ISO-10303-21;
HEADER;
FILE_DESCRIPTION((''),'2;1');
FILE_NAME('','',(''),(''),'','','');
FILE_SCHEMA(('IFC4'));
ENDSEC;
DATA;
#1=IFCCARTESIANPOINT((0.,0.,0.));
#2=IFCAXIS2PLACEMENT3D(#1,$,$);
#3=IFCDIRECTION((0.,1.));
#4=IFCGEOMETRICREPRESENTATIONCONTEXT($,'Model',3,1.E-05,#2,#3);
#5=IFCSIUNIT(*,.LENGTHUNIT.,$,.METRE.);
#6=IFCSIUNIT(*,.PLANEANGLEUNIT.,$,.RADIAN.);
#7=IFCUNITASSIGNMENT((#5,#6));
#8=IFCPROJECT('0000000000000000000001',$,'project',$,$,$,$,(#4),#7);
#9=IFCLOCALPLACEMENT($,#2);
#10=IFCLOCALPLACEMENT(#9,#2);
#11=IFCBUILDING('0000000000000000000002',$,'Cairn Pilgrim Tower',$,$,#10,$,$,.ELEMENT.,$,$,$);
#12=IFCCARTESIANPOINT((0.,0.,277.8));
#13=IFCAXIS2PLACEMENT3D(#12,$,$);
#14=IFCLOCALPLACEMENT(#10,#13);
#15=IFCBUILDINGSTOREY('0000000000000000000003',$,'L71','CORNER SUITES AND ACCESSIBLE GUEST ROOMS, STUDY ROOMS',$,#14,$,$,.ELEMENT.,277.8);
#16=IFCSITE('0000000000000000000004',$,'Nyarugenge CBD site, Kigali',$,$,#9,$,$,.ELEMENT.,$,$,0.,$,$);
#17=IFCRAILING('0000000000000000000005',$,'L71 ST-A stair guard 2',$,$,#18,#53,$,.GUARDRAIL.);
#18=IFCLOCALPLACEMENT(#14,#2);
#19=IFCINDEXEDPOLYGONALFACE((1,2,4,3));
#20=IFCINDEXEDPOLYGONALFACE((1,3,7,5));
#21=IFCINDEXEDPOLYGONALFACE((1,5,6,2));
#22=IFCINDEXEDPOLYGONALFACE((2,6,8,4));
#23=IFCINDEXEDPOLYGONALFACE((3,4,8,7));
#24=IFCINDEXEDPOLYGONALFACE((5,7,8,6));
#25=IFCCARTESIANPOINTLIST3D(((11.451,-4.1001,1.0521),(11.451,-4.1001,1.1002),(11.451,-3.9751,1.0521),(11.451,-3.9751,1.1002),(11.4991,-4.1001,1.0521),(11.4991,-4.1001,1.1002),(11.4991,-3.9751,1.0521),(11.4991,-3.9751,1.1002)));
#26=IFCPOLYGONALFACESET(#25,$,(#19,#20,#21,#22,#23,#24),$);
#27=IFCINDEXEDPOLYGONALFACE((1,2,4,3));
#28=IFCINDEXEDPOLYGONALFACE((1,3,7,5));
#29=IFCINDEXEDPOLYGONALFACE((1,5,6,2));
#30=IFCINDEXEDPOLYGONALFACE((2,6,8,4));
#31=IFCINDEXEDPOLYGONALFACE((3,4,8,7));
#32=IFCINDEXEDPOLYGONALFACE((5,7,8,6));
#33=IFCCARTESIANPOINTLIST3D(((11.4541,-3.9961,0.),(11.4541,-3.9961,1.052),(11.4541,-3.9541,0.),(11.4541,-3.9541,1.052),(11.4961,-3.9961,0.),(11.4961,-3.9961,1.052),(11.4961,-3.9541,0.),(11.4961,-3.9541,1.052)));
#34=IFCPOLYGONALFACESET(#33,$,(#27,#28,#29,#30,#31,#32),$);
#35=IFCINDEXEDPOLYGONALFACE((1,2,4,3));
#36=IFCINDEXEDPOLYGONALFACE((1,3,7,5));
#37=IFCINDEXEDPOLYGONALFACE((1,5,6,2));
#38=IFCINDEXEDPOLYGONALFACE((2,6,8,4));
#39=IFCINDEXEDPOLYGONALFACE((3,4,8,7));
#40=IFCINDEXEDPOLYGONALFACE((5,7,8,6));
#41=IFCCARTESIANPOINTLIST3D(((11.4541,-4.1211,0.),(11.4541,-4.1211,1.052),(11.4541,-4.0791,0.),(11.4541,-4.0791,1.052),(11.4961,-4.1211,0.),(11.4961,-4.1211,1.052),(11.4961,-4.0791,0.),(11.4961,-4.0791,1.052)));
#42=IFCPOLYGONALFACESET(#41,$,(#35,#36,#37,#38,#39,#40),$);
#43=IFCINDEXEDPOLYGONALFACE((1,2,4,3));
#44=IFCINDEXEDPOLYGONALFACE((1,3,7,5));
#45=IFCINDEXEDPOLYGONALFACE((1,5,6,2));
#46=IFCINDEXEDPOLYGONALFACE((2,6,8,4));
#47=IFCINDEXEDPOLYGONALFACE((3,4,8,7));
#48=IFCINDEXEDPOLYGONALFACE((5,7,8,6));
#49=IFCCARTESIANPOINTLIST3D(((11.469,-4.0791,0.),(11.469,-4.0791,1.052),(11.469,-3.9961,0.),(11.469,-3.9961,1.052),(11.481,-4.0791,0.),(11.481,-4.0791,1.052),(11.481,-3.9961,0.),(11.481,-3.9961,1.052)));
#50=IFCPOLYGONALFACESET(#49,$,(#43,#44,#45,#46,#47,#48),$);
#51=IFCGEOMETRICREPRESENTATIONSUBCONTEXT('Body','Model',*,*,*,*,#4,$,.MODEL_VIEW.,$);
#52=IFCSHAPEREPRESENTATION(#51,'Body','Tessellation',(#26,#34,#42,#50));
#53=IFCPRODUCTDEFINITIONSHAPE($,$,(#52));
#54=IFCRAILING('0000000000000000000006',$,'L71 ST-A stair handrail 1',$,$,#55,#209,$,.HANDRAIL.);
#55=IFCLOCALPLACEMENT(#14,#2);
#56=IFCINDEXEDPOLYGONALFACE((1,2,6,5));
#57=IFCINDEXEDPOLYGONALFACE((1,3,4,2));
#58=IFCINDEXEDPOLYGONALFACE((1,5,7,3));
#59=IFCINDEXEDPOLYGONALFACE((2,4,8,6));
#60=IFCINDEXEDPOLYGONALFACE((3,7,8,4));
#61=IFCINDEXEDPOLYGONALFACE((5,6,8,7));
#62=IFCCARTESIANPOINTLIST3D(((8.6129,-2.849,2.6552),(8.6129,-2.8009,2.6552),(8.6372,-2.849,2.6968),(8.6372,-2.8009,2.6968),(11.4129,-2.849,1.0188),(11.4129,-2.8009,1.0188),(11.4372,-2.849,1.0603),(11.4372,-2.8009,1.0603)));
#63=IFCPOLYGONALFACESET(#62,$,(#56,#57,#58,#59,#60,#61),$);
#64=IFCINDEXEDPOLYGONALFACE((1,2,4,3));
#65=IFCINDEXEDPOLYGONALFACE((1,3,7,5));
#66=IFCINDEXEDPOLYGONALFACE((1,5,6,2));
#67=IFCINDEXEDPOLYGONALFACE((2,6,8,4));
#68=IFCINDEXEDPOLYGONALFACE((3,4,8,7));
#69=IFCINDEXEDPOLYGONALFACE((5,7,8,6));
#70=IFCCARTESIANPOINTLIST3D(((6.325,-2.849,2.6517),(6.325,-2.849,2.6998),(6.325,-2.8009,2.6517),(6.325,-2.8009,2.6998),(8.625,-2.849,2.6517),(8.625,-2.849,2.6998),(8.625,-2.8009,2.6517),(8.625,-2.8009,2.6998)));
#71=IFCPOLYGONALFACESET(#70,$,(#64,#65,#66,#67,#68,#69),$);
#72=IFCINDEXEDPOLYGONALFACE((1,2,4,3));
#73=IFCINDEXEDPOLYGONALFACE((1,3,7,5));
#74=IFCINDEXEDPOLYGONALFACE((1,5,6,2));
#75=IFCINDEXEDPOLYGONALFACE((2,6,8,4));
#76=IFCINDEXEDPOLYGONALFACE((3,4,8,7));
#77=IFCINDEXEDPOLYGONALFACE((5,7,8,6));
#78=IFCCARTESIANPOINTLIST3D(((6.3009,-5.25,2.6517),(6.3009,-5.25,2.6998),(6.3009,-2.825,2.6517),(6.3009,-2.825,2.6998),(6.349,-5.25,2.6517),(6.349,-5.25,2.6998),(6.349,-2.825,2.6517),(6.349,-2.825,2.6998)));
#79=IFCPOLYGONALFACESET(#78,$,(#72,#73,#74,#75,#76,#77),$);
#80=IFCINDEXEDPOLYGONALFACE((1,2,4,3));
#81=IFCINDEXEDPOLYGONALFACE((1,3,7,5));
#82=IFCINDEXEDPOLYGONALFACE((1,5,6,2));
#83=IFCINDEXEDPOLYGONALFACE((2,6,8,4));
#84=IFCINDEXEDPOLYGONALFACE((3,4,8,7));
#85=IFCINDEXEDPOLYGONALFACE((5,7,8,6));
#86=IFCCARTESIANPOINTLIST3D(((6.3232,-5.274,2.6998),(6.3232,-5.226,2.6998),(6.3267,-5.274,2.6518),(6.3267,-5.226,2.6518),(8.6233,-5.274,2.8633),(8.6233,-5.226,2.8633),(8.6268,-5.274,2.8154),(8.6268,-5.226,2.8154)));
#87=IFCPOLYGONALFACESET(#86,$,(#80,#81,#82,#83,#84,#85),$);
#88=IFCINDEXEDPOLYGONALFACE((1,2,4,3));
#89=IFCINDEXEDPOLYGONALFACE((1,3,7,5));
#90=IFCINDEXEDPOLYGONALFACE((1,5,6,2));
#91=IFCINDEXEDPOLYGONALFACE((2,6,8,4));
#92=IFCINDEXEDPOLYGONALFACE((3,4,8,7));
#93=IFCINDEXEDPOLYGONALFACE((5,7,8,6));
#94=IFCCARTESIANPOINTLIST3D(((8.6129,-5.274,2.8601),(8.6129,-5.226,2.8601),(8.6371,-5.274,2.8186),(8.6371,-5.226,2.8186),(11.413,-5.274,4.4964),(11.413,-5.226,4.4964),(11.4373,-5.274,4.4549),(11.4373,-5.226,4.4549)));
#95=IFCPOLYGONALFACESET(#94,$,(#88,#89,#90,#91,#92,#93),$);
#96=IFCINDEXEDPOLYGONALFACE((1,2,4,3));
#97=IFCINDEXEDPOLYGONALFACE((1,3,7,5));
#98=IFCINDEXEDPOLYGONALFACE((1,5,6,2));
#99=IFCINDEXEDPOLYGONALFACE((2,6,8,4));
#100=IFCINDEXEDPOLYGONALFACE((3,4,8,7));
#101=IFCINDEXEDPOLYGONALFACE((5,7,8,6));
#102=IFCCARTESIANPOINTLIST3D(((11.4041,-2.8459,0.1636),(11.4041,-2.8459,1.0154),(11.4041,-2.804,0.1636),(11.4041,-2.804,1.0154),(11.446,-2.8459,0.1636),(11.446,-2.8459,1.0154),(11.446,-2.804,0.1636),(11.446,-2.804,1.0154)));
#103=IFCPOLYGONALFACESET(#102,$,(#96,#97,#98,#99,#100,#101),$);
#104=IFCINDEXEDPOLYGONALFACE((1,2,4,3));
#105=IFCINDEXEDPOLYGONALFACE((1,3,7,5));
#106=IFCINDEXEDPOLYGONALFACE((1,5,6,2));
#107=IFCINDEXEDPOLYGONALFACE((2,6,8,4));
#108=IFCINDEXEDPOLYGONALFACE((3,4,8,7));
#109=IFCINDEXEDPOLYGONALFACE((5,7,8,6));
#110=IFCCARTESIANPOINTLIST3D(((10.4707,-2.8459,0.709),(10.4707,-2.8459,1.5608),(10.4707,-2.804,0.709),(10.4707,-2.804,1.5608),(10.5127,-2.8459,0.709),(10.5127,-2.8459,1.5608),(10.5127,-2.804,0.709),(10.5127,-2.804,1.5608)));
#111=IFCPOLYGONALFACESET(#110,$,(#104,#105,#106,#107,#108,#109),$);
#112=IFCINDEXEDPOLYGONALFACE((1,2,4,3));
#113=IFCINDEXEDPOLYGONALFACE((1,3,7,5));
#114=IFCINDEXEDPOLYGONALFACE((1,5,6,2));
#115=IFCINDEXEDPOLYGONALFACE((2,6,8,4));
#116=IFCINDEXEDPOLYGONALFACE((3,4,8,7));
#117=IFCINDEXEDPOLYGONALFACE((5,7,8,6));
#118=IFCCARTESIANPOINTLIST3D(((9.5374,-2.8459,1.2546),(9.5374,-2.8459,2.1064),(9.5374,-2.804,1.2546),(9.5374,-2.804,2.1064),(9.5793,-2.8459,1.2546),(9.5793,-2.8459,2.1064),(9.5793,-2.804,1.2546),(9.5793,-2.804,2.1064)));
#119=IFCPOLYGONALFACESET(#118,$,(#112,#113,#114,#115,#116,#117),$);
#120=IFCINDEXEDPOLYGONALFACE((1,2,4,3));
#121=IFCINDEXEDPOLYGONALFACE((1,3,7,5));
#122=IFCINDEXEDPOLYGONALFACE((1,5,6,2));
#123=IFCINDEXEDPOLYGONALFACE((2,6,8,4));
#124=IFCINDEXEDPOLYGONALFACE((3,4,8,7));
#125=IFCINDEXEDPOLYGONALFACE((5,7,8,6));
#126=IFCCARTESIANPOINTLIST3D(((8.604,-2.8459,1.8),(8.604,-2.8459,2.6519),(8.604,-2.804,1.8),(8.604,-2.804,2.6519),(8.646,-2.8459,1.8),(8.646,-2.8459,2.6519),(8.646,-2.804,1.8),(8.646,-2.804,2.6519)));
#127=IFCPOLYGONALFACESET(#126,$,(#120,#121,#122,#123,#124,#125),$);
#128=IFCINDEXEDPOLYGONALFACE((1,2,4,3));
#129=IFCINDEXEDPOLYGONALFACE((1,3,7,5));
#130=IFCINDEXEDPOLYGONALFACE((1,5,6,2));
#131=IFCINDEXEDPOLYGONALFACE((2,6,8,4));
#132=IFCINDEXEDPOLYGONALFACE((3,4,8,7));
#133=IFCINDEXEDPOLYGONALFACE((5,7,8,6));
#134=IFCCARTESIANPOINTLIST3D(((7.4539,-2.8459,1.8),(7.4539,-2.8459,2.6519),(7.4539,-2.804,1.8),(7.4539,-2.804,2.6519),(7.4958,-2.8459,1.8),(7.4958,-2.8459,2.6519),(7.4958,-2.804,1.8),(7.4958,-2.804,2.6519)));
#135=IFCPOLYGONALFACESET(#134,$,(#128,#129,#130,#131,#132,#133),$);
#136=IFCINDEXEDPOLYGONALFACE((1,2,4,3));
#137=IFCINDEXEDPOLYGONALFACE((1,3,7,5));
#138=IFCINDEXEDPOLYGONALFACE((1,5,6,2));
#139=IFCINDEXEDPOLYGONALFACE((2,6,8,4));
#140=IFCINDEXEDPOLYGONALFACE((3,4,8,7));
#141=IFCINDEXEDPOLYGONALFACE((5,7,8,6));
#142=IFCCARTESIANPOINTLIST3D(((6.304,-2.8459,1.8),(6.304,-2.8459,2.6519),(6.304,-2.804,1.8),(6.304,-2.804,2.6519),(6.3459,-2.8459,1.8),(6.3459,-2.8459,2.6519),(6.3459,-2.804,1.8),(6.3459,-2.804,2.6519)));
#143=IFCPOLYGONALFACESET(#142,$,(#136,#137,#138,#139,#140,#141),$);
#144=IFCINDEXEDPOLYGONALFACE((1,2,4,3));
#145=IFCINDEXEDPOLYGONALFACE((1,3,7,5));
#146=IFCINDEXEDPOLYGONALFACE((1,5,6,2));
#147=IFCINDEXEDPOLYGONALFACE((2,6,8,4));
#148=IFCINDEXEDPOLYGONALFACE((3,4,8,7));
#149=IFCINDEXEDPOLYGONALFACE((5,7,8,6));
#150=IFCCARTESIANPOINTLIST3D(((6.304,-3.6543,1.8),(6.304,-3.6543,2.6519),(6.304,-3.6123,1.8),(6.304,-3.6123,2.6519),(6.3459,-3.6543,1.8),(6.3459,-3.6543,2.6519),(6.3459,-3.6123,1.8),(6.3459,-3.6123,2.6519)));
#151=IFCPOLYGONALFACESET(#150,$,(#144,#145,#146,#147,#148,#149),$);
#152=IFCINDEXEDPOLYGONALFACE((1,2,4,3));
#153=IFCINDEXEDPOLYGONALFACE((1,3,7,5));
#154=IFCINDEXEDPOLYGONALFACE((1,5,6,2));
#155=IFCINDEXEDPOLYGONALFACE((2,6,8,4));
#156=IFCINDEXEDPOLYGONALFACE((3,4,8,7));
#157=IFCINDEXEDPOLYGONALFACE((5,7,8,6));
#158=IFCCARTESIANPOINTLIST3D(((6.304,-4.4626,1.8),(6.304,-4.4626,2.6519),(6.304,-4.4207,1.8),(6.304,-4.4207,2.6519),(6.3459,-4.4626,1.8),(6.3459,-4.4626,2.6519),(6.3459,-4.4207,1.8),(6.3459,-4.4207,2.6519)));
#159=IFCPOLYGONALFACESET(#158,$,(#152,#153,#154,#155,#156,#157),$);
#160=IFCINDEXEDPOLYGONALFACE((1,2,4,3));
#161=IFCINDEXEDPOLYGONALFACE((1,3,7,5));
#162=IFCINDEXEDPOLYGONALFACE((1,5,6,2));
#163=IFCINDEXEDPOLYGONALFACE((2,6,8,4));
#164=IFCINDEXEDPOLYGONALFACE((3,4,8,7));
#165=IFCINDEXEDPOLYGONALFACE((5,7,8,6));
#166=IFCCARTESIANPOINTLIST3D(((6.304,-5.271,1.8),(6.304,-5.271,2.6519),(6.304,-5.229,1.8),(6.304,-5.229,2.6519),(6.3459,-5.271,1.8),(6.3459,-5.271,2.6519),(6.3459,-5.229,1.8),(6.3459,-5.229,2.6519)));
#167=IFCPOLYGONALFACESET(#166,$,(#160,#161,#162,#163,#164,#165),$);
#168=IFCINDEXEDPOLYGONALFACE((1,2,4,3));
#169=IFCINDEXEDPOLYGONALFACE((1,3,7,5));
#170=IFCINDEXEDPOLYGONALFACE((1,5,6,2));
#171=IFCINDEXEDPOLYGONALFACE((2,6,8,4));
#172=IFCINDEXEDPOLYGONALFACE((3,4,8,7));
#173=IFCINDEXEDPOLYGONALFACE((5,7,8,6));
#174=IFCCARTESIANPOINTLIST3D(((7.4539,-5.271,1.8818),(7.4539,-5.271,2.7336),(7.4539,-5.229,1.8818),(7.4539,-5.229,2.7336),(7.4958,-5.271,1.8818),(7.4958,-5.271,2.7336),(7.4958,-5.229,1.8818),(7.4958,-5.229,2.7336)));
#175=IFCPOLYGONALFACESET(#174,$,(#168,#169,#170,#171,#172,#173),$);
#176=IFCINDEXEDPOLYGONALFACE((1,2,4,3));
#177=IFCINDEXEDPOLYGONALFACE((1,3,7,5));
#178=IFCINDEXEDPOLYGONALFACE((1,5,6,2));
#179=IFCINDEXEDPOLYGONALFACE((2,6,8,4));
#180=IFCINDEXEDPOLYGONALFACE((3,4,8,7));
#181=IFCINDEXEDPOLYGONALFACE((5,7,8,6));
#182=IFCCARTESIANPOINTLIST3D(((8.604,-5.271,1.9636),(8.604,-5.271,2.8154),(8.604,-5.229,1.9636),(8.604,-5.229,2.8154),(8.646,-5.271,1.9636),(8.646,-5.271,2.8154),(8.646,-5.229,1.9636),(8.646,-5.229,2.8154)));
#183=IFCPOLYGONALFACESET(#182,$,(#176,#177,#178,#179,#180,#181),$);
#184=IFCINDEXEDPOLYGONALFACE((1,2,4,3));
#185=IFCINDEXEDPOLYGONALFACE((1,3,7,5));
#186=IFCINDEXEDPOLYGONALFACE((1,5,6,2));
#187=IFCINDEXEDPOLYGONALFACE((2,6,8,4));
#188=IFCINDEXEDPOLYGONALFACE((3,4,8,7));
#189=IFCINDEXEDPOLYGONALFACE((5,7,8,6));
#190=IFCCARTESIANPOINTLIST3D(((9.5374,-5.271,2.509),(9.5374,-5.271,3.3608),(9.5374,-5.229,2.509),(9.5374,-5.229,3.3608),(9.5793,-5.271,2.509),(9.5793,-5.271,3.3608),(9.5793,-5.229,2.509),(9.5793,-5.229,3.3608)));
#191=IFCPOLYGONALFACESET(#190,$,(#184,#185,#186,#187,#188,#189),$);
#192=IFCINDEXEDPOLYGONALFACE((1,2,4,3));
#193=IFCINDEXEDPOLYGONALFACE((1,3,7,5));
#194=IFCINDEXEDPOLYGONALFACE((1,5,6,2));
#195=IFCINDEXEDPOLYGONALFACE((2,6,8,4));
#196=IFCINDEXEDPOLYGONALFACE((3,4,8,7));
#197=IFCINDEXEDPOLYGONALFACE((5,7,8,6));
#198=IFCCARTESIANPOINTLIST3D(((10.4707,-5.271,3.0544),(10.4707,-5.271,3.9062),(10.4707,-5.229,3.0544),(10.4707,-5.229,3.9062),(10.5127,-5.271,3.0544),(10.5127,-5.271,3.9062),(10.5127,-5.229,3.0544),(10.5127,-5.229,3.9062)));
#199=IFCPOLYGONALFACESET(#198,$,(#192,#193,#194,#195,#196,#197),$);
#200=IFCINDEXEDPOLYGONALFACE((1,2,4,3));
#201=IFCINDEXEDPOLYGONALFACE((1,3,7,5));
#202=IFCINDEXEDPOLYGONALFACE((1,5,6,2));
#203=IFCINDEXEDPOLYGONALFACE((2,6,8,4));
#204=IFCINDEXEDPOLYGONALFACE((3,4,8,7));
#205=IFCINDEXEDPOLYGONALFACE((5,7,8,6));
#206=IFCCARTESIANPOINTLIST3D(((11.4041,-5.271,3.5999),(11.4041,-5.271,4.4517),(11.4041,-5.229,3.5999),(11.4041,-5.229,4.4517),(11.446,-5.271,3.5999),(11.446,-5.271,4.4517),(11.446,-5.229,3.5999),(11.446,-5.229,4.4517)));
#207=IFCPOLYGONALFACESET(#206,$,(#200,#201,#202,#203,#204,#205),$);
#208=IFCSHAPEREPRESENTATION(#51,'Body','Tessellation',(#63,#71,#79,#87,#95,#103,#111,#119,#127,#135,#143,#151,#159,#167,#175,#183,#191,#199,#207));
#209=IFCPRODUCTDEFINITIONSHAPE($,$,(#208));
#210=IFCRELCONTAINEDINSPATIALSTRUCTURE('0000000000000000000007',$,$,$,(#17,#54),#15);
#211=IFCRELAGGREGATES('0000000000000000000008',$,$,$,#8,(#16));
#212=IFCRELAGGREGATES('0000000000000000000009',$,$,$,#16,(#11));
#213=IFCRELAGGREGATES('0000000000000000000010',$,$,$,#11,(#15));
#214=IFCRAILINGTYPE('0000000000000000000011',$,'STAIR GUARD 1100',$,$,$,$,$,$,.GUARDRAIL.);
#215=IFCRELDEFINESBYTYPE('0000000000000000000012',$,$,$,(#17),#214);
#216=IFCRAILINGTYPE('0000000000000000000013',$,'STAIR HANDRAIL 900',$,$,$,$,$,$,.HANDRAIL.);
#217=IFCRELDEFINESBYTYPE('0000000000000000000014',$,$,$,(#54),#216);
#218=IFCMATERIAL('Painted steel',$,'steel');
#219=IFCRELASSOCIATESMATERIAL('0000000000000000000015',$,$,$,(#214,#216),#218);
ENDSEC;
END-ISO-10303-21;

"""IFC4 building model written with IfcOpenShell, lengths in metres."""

from ifc_helpers import new_model, si_unit, direction, frame, origin, origin_2d, place, context, subcontext, project, spatial, polyline, rectangle, outline, extrude, material, type_object, element, save


model = new_model("IFC4")

# Units and contexts
model_context = context("Model", 3, precision=1e-05, world=origin(), true_north=direction((0.0, 1.0)))
body_context = subcontext(model_context, "Body", "Model", "MODEL_VIEW")
ifc_project = project(units=[si_unit("LENGTHUNIT", "METRE"), si_unit("PLANEANGLEUNIT", "RADIAN")], contexts=[model_context])

# Site, building, storey
site_placement = place(None, origin())
site = spatial("IfcSite", under=ifc_project, at=site_placement, Name="Nyarugenge CBD site, Kigali", CompositionType="ELEMENT", RefElevation=0.0)
building_placement = place(site_placement, origin())
building = spatial("IfcBuilding", under=site, at=building_placement, Name="Cairn Pilgrim Tower", CompositionType="ELEMENT")
storey_placement = place(building_placement, frame((0.0, 0.0, 277.8)))
storey = spatial("IfcBuildingStorey", under=building, at=storey_placement, Name="L71", Description="CORNER SUITES AND ACCESSIBLE GUEST ROOMS, STUDY ROOMS", CompositionType="ELEMENT", Elevation=277.8)

# Shared definitions
ifc_material_1 = material(Name="Painted steel", Category="steel")

# Railings
railing_type_1 = type_object("IfcRailingType", Name="STAIR GUARD 1100", PredefinedType="GUARDRAIL", material=ifc_material_1)
railing_1_placement = place(storey_placement, frame((11.4751, -3.9751, 0.0)))
element("IfcRailing", 1, at=railing_1_placement, inside=storey, type_object=railing_type_1, Name="L71 ST-A stair guard 2", PredefinedType="GUARDRAIL", context=body_context, shape_type="SweptSolid", body=[
    extrude(rectangle(XDim=0.0481, YDim=0.0481, at=origin_2d()), frame((0.0, 0.0, 1.0762), z_axis=(0.0, -1.0, 0.0), x_axis=(1.0, 0.0, 0.0)), (0.0, 0.0, 1.0), 0.125),
    extrude(rectangle(XDim=0.042, YDim=0.042, at=origin_2d()), origin(), (0.0, 0.0, 1.0), 1.052),
    extrude(rectangle(XDim=0.042, YDim=0.042, at=origin_2d()), frame((0.0, -0.125, 0.0)), (0.0, 0.0, 1.0), 1.052),
    extrude(outline(polyline([(0.021, 0.0), (0.104, 0.0), (0.104, 1.052), (0.021, 1.052), (0.021, 0.0)])), frame((0.0059, 0.0, 0.0), z_axis=(-1.0, 0.0, 0.0), x_axis=(0.0, -1.0, 0.0)), (0.0, 0.0, 1.0), 0.012),
])
railing_type_2 = type_object("IfcRailingType", Name="STAIR HANDRAIL 900", PredefinedType="HANDRAIL", material=ifc_material_1)
railing_2_placement = place(storey_placement, frame((11.425, -2.825, 0.1636)))
element("IfcRailing", 2, at=railing_2_placement, inside=storey, type_object=railing_type_2, Name="L71 ST-A stair handrail 1", PredefinedType="HANDRAIL", context=body_context, shape_type="SweptSolid", body=[
    extrude(rectangle(XDim=0.0481, YDim=0.0481, at=origin_2d()), frame((0.0, 0.0, 0.876), z_axis=(-0.863361, 0.0, 0.504587), x_axis=(0.0, -1.0, 0.0)), (0.0, 0.0, 1.0), 3.2432),
    extrude(rectangle(XDim=0.0481, YDim=0.0481, at=origin_2d()), frame((-2.8, 0.0, 2.5122), z_axis=(-1.0, 0.0, 0.0), x_axis=(0.0, -1.0, 0.0)), (0.0, 0.0, 1.0), 2.3),
    extrude(rectangle(XDim=0.0481, YDim=0.0481, at=origin_2d()), frame((-5.1001, 0.0, 2.5122), z_axis=(0.0, -1.0, 0.0), x_axis=(1.0, 0.0, 0.0)), (0.0, 0.0, 1.0), 2.425),
    extrude(rectangle(XDim=0.0481, YDim=0.0481, at=origin_2d()), frame((-5.1001, -2.425, 2.5122), z_axis=(0.997481, 0.0, 0.070939), x_axis=(0.0, 1.0, 0.0)), (0.0, 0.0, 1.0), 2.3059),
    extrude(rectangle(XDim=0.0481, YDim=0.0481, at=origin_2d()), frame((-2.8, -2.425, 2.6758), z_axis=(0.863394, 0.0, 0.504531), x_axis=(0.0, 1.0, 0.0)), (0.0, 0.0, 1.0), 3.2432),
    extrude(rectangle(XDim=0.042, YDim=0.042, at=origin_2d()), origin(), (0.0, 0.0, 1.0), 0.8518),
    extrude(rectangle(XDim=0.042, YDim=0.042, at=origin_2d()), frame((-0.9333, 0.0, 0.5454)), (0.0, 0.0, 1.0), 0.8518),
    extrude(rectangle(XDim=0.042, YDim=0.042, at=origin_2d()), frame((-1.8667, 0.0, 1.0911)), (0.0, 0.0, 1.0), 0.8518),
    extrude(rectangle(XDim=0.042, YDim=0.042, at=origin_2d()), frame((-2.8, 0.0, 1.6365)), (0.0, 0.0, 1.0), 0.8518),
    extrude(rectangle(XDim=0.042, YDim=0.042, at=origin_2d()), frame((-3.9502, 0.0, 1.6365)), (0.0, 0.0, 1.0), 0.8518),
    extrude(rectangle(XDim=0.042, YDim=0.042, at=origin_2d()), frame((-5.1001, 0.0, 1.6365)), (0.0, 0.0, 1.0), 0.8518),
    extrude(rectangle(XDim=0.042, YDim=0.042, at=origin_2d()), frame((-5.1001, -0.8083, 1.6365)), (0.0, 0.0, 1.0), 0.8518),
    extrude(rectangle(XDim=0.042, YDim=0.042, at=origin_2d()), frame((-5.1001, -1.6167, 1.6365)), (0.0, 0.0, 1.0), 0.8518),
    extrude(rectangle(XDim=0.042, YDim=0.042, at=origin_2d()), frame((-5.1001, -2.425, 1.6365)), (0.0, 0.0, 1.0), 0.8518),
    extrude(rectangle(XDim=0.042, YDim=0.042, at=origin_2d()), frame((-3.9502, -2.425, 1.7183)), (0.0, 0.0, 1.0), 0.8518),
    extrude(rectangle(XDim=0.042, YDim=0.042, at=origin_2d()), frame((-2.8, -2.425, 1.8)), (0.0, 0.0, 1.0), 0.8518),
    extrude(rectangle(XDim=0.042, YDim=0.042, at=origin_2d()), frame((-1.8667, -2.425, 2.3455)), (0.0, 0.0, 1.0), 0.8518),
    extrude(rectangle(XDim=0.042, YDim=0.042, at=origin_2d()), frame((-0.9333, -2.425, 2.8909)), (0.0, 0.0, 1.0), 0.8518),
    extrude(rectangle(XDim=0.042, YDim=0.042, at=origin_2d()), frame((0.0, -2.425, 3.4363)), (0.0, 0.0, 1.0), 0.8518),
])

save(model, "model.ifc")
